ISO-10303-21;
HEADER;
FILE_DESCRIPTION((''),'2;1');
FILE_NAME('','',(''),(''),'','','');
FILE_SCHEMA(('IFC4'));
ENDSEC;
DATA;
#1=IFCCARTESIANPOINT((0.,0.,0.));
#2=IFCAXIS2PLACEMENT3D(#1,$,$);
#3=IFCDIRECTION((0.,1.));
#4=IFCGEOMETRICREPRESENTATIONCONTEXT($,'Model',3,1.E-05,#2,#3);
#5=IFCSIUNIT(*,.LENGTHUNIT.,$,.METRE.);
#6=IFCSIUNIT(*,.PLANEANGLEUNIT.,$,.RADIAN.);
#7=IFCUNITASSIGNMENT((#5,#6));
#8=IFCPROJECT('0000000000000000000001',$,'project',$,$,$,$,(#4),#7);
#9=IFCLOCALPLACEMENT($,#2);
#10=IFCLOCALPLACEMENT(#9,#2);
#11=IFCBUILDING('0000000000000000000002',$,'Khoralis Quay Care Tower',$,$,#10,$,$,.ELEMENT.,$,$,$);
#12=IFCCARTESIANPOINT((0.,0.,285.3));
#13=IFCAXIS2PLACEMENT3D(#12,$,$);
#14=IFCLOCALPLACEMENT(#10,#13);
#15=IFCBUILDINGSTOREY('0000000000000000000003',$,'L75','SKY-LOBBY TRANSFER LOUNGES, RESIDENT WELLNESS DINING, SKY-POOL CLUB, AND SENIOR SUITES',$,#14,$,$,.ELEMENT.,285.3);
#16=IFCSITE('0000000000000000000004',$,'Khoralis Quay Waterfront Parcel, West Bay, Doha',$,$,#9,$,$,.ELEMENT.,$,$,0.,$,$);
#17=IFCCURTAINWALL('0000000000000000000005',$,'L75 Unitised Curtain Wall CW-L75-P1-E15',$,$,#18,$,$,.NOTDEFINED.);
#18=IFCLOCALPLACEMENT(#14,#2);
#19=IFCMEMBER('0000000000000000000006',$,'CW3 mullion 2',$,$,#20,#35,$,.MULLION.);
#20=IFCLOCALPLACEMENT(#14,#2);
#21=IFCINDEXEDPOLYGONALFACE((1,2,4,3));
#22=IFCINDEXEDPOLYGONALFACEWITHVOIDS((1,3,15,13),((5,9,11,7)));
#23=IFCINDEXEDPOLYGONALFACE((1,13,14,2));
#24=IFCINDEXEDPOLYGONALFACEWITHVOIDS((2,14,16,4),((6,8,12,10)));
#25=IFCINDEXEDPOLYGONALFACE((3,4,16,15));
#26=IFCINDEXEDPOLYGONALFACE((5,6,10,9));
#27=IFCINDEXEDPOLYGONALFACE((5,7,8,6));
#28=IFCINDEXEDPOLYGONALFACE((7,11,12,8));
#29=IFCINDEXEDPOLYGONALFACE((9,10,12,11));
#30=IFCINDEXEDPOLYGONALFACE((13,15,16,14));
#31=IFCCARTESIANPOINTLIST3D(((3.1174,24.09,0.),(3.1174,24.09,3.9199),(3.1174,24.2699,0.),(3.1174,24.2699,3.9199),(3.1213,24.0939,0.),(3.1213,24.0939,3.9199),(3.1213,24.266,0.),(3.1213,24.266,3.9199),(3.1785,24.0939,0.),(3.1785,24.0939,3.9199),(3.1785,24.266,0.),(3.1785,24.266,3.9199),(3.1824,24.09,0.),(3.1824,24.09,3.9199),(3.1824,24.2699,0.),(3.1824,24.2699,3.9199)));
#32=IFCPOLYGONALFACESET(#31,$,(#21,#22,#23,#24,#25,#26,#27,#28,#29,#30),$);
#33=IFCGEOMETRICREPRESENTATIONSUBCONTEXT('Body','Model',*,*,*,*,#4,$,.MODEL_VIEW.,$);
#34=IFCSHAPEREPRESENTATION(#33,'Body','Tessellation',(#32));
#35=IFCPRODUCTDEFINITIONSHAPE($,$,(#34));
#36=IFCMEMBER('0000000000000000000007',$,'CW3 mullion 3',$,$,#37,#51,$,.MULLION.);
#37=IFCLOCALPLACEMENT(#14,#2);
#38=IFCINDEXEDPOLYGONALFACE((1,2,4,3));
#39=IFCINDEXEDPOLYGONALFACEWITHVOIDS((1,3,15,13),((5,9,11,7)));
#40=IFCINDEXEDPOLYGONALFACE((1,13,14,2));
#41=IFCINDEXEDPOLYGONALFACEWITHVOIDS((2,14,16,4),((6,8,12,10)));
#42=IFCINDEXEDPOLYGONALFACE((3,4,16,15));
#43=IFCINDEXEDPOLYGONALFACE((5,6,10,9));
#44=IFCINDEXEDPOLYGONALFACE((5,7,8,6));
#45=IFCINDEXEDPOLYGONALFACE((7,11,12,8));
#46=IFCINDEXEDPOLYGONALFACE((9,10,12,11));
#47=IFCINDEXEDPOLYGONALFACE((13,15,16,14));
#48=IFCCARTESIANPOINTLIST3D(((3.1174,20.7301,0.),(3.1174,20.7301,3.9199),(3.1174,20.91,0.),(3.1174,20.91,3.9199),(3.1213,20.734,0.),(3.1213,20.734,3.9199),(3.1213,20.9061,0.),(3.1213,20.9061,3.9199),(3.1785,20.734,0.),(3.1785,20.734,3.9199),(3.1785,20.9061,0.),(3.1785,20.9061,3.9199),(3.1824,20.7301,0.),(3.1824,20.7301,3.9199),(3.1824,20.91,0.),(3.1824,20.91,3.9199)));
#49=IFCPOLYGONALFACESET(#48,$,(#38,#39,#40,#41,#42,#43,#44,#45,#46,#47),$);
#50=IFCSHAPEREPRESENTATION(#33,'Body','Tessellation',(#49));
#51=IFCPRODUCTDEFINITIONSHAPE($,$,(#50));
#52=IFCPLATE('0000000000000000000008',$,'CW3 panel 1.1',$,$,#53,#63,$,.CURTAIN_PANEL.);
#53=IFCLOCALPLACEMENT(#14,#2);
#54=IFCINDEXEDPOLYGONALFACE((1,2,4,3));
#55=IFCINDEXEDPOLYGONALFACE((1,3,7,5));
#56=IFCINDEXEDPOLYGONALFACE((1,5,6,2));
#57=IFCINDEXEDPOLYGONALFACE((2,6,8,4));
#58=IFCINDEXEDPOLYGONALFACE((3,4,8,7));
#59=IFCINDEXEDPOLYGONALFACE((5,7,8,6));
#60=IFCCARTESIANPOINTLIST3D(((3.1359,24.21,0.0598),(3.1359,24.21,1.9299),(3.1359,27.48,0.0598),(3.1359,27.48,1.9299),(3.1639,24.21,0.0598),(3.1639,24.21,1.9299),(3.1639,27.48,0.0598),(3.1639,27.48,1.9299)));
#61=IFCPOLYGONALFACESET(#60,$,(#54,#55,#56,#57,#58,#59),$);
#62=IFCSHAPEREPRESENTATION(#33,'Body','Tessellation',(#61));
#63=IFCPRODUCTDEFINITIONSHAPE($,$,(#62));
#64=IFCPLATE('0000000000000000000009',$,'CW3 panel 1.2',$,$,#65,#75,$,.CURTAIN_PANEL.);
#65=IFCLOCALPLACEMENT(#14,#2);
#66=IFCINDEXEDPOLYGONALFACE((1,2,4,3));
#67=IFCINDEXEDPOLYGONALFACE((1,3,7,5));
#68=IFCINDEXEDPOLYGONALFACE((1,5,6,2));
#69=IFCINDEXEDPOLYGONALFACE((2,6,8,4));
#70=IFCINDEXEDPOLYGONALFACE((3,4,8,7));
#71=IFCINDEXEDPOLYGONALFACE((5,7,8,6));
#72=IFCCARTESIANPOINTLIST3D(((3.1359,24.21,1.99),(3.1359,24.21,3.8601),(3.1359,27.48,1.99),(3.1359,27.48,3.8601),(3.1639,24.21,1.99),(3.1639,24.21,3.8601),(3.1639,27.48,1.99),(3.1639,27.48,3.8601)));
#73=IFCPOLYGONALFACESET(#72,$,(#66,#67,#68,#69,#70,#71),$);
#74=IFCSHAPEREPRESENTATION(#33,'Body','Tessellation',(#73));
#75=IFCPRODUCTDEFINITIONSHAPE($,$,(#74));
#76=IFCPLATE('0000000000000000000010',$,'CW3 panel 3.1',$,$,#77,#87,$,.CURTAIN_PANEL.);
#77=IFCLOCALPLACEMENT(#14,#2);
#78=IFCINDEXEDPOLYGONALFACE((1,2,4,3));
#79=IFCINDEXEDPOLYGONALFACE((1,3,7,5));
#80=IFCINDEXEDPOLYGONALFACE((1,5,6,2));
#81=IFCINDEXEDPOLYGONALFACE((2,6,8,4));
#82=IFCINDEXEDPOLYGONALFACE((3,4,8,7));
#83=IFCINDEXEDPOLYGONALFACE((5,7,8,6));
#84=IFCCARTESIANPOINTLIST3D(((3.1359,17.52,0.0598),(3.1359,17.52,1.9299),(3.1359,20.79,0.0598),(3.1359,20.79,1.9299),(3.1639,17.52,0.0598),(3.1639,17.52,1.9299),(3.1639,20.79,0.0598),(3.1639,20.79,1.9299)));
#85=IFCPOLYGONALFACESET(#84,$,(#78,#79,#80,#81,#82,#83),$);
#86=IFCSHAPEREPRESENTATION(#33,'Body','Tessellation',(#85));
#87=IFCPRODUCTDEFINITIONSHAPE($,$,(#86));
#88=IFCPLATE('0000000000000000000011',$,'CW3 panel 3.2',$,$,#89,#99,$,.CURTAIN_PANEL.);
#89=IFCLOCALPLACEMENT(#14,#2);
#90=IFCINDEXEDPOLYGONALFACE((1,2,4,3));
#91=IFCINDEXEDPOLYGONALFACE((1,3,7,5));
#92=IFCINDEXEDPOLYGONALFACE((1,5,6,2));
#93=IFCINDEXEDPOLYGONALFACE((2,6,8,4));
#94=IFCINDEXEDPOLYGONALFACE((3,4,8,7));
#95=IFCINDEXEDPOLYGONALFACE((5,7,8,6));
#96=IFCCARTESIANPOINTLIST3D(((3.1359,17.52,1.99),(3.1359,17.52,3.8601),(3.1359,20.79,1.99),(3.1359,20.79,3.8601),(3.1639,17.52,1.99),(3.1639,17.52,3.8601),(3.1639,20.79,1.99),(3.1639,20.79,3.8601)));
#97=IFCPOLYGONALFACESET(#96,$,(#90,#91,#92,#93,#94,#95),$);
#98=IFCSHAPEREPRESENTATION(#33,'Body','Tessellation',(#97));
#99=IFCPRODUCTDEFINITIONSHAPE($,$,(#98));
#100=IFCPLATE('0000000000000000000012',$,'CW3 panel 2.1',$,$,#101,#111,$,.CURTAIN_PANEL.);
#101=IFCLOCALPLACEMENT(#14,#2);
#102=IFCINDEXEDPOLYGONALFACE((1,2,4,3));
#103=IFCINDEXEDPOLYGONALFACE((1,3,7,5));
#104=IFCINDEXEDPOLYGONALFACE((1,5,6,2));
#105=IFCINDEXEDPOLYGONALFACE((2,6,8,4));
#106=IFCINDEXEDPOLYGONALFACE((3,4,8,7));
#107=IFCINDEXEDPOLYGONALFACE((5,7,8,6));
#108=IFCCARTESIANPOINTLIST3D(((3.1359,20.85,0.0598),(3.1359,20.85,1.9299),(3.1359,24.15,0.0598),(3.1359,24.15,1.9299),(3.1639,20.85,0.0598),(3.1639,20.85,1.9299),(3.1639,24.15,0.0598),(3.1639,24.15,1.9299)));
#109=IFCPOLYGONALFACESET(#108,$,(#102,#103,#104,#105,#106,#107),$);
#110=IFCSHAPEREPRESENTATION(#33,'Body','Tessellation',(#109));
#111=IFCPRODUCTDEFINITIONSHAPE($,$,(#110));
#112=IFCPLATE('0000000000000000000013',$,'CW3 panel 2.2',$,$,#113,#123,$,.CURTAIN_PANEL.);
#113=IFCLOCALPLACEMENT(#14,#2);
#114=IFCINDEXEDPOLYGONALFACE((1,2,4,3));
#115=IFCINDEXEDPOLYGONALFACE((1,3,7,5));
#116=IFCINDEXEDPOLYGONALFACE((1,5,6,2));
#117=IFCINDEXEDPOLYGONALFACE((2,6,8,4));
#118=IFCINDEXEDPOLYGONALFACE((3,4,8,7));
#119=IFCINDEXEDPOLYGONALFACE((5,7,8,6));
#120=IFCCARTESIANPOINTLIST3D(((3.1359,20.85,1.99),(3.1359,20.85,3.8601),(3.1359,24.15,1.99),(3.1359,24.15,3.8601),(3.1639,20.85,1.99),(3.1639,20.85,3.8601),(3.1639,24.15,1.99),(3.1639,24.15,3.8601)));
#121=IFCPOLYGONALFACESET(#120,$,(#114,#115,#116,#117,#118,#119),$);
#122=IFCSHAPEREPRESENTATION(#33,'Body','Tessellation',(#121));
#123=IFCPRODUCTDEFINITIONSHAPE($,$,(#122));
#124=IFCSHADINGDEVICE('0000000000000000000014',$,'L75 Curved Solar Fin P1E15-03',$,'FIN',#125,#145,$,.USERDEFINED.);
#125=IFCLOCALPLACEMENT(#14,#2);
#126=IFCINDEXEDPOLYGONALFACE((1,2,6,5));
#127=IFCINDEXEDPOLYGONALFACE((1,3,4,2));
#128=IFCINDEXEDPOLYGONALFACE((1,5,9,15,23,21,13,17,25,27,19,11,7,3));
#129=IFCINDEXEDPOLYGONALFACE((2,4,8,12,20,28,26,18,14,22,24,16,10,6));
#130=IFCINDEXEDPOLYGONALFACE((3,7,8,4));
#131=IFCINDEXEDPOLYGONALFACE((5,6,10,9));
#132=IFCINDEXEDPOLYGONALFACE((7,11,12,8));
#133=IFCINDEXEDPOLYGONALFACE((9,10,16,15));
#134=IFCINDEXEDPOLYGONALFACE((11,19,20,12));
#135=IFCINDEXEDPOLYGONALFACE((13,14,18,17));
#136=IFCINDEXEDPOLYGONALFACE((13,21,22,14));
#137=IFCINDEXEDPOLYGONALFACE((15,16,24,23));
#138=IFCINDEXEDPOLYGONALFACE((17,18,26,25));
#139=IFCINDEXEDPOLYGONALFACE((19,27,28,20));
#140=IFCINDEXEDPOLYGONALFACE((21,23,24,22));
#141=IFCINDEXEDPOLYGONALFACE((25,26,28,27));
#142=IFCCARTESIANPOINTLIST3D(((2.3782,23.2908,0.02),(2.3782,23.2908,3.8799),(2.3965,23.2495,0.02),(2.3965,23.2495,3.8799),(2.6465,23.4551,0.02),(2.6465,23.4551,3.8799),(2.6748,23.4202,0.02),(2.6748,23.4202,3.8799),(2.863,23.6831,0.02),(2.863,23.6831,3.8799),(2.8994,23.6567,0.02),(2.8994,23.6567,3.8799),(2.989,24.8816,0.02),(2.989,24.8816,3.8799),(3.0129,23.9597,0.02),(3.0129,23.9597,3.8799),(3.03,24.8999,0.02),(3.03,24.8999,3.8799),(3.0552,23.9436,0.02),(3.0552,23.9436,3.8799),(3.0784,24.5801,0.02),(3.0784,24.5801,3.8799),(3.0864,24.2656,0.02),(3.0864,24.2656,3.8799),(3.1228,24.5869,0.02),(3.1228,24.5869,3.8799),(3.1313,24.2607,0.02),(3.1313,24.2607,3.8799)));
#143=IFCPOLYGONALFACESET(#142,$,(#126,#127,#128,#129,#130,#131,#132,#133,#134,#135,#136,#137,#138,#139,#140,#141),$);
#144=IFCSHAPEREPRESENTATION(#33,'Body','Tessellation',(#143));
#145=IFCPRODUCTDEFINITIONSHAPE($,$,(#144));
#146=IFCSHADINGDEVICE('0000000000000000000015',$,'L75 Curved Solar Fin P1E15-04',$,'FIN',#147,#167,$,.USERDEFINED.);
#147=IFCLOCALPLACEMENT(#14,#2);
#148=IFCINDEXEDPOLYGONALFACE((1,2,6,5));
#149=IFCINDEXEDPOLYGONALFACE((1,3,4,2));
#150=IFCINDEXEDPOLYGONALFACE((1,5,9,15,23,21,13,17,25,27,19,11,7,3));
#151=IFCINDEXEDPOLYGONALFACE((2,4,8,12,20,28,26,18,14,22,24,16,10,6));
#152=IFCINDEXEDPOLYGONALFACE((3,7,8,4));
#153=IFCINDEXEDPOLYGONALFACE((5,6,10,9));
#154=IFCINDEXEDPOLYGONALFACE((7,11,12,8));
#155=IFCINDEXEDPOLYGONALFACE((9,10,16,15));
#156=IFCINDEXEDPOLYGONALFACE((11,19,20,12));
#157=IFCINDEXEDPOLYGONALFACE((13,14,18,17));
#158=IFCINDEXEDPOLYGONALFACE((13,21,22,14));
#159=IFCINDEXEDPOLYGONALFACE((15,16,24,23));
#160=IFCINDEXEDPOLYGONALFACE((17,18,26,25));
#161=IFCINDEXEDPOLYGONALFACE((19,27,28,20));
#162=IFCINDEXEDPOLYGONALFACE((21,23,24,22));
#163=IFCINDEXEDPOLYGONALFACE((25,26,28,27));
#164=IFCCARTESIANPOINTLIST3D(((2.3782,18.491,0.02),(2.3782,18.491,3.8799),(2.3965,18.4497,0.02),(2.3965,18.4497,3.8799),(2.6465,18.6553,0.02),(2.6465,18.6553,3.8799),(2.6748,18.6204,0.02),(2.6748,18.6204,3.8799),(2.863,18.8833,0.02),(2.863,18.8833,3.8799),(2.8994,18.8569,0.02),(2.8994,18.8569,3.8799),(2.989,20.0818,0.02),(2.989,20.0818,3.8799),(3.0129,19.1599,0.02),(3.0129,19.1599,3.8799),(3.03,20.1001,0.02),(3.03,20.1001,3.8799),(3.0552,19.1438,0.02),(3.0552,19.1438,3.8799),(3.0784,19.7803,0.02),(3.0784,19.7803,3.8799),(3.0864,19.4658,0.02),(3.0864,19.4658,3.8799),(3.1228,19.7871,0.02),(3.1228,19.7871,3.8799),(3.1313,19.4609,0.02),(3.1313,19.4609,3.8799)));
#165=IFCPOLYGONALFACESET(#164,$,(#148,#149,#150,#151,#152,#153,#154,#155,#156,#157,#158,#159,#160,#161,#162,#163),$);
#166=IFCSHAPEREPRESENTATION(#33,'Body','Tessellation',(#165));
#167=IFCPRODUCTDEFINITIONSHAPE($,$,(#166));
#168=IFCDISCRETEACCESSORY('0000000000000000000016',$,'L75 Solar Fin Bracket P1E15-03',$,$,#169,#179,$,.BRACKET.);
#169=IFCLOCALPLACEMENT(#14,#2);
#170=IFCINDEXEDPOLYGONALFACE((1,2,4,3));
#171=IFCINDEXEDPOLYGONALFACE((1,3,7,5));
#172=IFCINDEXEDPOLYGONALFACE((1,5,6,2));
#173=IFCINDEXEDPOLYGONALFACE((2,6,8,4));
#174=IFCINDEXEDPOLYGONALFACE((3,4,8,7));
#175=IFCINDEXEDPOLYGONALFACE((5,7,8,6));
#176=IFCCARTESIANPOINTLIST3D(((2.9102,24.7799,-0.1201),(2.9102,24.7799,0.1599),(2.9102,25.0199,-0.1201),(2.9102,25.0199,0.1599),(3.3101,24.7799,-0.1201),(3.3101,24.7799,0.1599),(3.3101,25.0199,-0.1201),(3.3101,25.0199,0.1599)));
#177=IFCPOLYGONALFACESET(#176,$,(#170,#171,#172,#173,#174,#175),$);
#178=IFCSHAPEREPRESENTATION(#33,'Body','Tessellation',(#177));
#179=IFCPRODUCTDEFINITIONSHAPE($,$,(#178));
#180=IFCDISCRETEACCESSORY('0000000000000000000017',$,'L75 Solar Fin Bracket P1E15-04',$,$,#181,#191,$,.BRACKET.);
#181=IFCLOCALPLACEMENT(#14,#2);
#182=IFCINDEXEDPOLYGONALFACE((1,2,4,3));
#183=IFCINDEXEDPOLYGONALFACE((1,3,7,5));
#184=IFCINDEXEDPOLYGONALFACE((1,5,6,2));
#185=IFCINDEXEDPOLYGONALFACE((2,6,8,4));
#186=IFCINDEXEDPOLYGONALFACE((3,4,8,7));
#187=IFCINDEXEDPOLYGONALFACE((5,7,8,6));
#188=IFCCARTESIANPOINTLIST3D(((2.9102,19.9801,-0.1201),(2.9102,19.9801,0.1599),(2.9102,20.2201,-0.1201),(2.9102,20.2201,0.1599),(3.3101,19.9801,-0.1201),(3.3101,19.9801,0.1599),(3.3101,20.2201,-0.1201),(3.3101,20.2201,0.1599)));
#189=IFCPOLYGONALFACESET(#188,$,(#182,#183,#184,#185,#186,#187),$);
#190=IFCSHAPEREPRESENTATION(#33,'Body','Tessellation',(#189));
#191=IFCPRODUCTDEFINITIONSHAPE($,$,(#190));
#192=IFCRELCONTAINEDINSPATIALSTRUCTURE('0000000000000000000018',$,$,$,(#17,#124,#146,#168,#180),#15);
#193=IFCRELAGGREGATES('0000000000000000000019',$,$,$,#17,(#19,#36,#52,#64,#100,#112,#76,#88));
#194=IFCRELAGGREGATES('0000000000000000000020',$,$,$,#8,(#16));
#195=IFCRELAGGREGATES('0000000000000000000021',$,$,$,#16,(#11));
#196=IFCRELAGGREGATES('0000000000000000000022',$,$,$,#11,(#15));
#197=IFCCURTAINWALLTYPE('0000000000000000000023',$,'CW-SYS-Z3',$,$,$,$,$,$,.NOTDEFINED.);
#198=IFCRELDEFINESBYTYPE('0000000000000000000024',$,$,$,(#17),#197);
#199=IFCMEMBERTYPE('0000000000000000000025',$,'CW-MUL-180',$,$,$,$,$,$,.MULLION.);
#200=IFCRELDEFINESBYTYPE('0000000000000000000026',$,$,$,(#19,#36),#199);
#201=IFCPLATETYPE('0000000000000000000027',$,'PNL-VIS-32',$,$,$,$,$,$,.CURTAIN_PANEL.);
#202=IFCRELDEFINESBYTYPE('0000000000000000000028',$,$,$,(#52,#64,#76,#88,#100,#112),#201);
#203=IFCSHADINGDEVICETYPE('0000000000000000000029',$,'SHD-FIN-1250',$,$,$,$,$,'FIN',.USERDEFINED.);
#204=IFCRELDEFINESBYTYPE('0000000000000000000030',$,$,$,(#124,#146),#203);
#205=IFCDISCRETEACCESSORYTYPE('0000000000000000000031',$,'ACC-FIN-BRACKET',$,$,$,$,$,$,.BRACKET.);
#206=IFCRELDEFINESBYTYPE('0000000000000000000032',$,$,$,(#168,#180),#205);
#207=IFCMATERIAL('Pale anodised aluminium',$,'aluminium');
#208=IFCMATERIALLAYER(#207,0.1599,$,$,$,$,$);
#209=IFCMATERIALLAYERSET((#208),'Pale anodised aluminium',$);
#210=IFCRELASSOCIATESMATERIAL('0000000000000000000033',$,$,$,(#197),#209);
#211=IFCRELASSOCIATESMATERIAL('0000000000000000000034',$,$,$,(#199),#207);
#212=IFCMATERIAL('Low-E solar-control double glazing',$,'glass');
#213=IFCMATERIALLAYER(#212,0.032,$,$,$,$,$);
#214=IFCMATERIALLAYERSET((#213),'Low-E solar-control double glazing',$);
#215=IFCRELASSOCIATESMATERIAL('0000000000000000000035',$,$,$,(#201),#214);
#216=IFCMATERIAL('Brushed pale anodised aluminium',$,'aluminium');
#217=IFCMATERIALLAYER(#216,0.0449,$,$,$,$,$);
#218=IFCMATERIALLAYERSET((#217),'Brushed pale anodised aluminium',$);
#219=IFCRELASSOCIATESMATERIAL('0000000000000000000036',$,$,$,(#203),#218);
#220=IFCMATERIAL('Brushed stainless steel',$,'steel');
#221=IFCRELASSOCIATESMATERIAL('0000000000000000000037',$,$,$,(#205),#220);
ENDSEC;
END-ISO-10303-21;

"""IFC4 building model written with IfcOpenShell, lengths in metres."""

from ifc_helpers import new_model, si_unit, direction, frame, origin, origin_2d, place, context, subcontext, project, spatial, polyline, rectangle, hollow_rectangle, outline, extrude, source, transform, mapped, material, layer, layer_set, material_profile, profile_set, type_object, element, aggregate, save


model = new_model("IFC4")

# Units and contexts
model_context = context("Model", 3, precision=1e-05, world=origin(), true_north=direction((0.0, 1.0)))
body_context = subcontext(model_context, "Body", "Model", "MODEL_VIEW")
ifc_project = project(units=[si_unit("LENGTHUNIT", "METRE"), si_unit("PLANEANGLEUNIT", "RADIAN")], contexts=[model_context])

# Site, building, storey
site_placement = place(None, origin())
site = spatial("IfcSite", under=ifc_project, at=site_placement, Name="Khoralis Quay Waterfront Parcel, West Bay, Doha", CompositionType="ELEMENT", RefElevation=0.0)
building_placement = place(site_placement, origin())
building = spatial("IfcBuilding", under=site, at=building_placement, Name="Khoralis Quay Care Tower", CompositionType="ELEMENT")
storey_placement = place(building_placement, frame((0.0, 0.0, 285.3)))
storey = spatial("IfcBuildingStorey", under=building, at=storey_placement, Name="L75", Description="SKY-LOBBY TRANSFER LOUNGES, RESIDENT WELLNESS DINING, SKY-POOL CLUB, AND SENIOR SUITES", CompositionType="ELEMENT", Elevation=285.3)

# Curtain wall, members, plates
ifc_material_1 = material(Name="Pale anodised aluminium", Category="aluminium")
ifc_layer_1 = layer(ifc_material_1, 0.1599)
ifc_layer_set_1 = layer_set([ifc_layer_1], Name="Pale anodised aluminium")
curtain_wall_type = type_object("IfcCurtainWallType", Name="CW-SYS-Z3", PredefinedType="NOTDEFINED", material=ifc_layer_set_1)
curtain_wall_placement = place(storey_placement, origin())
curtain_wall = element("IfcCurtainWall", 1, at=curtain_wall_placement, inside=storey, type_object=curtain_wall_type, Name="L75 Unitised Curtain Wall CW-L75-P1-E15", PredefinedType="NOTDEFINED")
ifc_material_profile_1 = material_profile(ifc_material_1, hollow_rectangle(XDim=0.0649, YDim=0.1799, WallThickness=0.0039, at=origin_2d()), Name="Pale anodised aluminium")
ifc_profile_set_1 = profile_set([ifc_material_profile_1], Name="Pale anodised aluminium")
member_type_1 = type_object("IfcMemberType", Name="CW-MUL-180", PredefinedType="MULLION", material=ifc_profile_set_1)
shared_shape_1 = source(origin(), body_context, "Body", "SweptSolid", [
    extrude(hollow_rectangle(XDim=0.0649, YDim=0.1799, WallThickness=0.0039, at=origin_2d()), origin(), (0.0, 0.0, 1.0), 3.9199),
])
member_1_placement = place(storey_placement, frame((3.1499, 24.1799, 0.0), z_axis=(0.0, 0.0, 1.0), x_axis=(1.0, 0.0, 0.0)))
member_1 = element("IfcMember", 2, at=member_1_placement, type_object=member_type_1, Name="CW3 mullion 2", PredefinedType="MULLION", context=body_context, shape_type="MappedRepresentation", body=[
    mapped(shared_shape_1, transform((0.0, 0.0, 0.0), scale=1.0)),
])
member_2_placement = place(storey_placement, frame((3.1499, 20.8201, 0.0), z_axis=(0.0, 0.0, 1.0), x_axis=(1.0, 0.0, 0.0)))
member_2 = element("IfcMember", 3, at=member_2_placement, type_object=member_type_1, Name="CW3 mullion 3", PredefinedType="MULLION", context=body_context, shape_type="MappedRepresentation", body=[
    mapped(shared_shape_1, transform((0.0, 0.0, 0.0), scale=1.0)),
])
ifc_material_2 = material(Name="Low-E solar-control double glazing", Category="glass")
ifc_layer_2 = layer(ifc_material_2, 0.032)
ifc_layer_set_2 = layer_set([ifc_layer_2], Name="Low-E solar-control double glazing")
plate_type = type_object("IfcPlateType", Name="PNL-VIS-32", PredefinedType="CURTAIN_PANEL", material=ifc_layer_set_2)
shared_shape_2 = source(origin(), body_context, "Body", "SweptSolid", [
    extrude(rectangle(XDim=3.27, YDim=0.0281, at=origin_2d()), origin(), (0.0, 0.0, 1.0), 1.8701),
])
plate_1_placement = place(storey_placement, frame((3.1499, 25.845, 0.0598), z_axis=(0.0, 0.0, 1.0), x_axis=(0.0, -1.0, 0.0)))
plate_1 = element("IfcPlate", 4, at=plate_1_placement, type_object=plate_type, Name="CW3 panel 1.1", PredefinedType="CURTAIN_PANEL", context=body_context, shape_type="MappedRepresentation", body=[
    mapped(shared_shape_2, transform((0.0, 0.0, 0.0), scale=1.0)),
])
plate_2_placement = place(storey_placement, frame((3.1499, 25.845, 1.99), z_axis=(0.0, 0.0, 1.0), x_axis=(0.0, -1.0, 0.0)))
plate_2 = element("IfcPlate", 5, at=plate_2_placement, type_object=plate_type, Name="CW3 panel 1.2", PredefinedType="CURTAIN_PANEL", context=body_context, shape_type="MappedRepresentation", body=[
    mapped(shared_shape_2, transform((0.0, 0.0, 0.0), scale=1.0)),
])
plate_3_placement = place(storey_placement, frame((3.1499, 19.155, 0.0598), z_axis=(0.0, 0.0, 1.0), x_axis=(0.0, -1.0, 0.0)))
plate_3 = element("IfcPlate", 6, at=plate_3_placement, type_object=plate_type, Name="CW3 panel 3.1", PredefinedType="CURTAIN_PANEL", context=body_context, shape_type="MappedRepresentation", body=[
    mapped(shared_shape_2, transform((0.0, 0.0, 0.0), scale=1.0)),
])
plate_4_placement = place(storey_placement, frame((3.1499, 19.155, 1.99), z_axis=(0.0, 0.0, 1.0), x_axis=(0.0, -1.0, 0.0)))
plate_4 = element("IfcPlate", 7, at=plate_4_placement, type_object=plate_type, Name="CW3 panel 3.2", PredefinedType="CURTAIN_PANEL", context=body_context, shape_type="MappedRepresentation", body=[
    mapped(shared_shape_2, transform((0.0, 0.0, 0.0), scale=1.0)),
])
shared_shape_3 = source(origin(), body_context, "Body", "SweptSolid", [
    extrude(rectangle(XDim=3.3, YDim=0.0281, at=origin_2d()), origin(), (0.0, 0.0, 1.0), 1.8701),
])
plate_5_placement = place(storey_placement, frame((3.1499, 22.5, 0.0598), z_axis=(0.0, 0.0, 1.0), x_axis=(0.0, -1.0, 0.0)))
plate_5 = element("IfcPlate", 8, at=plate_5_placement, type_object=plate_type, Name="CW3 panel 2.1", PredefinedType="CURTAIN_PANEL", context=body_context, shape_type="MappedRepresentation", body=[
    mapped(shared_shape_3, transform((0.0, 0.0, 0.0), scale=1.0)),
])
plate_6_placement = place(storey_placement, frame((3.1499, 22.5, 1.99), z_axis=(0.0, 0.0, 1.0), x_axis=(0.0, -1.0, 0.0)))
plate_6 = element("IfcPlate", 9, at=plate_6_placement, type_object=plate_type, Name="CW3 panel 2.2", PredefinedType="CURTAIN_PANEL", context=body_context, shape_type="MappedRepresentation", body=[
    mapped(shared_shape_3, transform((0.0, 0.0, 0.0), scale=1.0)),
])
aggregate(curtain_wall, [member_1, member_2, plate_1, plate_2, plate_5, plate_6, plate_3, plate_4])

# Shading devices
ifc_material_3 = material(Name="Brushed pale anodised aluminium", Category="aluminium")
ifc_layer_3 = layer(ifc_material_3, 0.0449)
ifc_layer_set_3 = layer_set([ifc_layer_3], Name="Brushed pale anodised aluminium")
shading_device_type = type_object("IfcShadingDeviceType", Name="SHD-FIN-1250", ElementType="FIN", PredefinedType="USERDEFINED", material=ifc_layer_set_3)
shared_shape_4 = source(origin(), body_context, "Body", "SweptSolid", [
    extrude(outline(polyline([(0.0, 0.0), (-0.0928, 0.313), (-0.1013, 0.6392), (-0.0251, 0.9563), (0.1306, 1.2432), (0.3552, 1.4797), (0.6335, 1.6504), (0.6519, 1.6091), (0.3835, 1.4448), (0.167, 1.2168), (0.0171, 0.9402), (-0.0564, 0.6343), (-0.0483, 0.3198), (0.041, 0.0183), (0.0, 0.0)])), origin(), (0.0, 0.0, 1.0), 3.8599),
])
for number, where, z_axis, x_axis, name in (
    (10, (3.03, 24.8999, 0.02), (0.0, 0.0, 1.0), (-1.0, 0.0, 0.0), "L75 Curved Solar Fin P1E15-03"),
    (11, (3.03, 20.1001, 0.02), (0.0, 0.0, 1.0), (-1.0, 0.0, 0.0), "L75 Curved Solar Fin P1E15-04"),
):
    element("IfcShadingDevice", number, at=place(storey_placement, frame(where, z_axis=z_axis, x_axis=x_axis)), inside=storey, type_object=shading_device_type, Name=name, ObjectType="FIN", PredefinedType="USERDEFINED", context=body_context, shape_type="MappedRepresentation", body=[
        mapped(shared_shape_4, transform((0.0, 0.0, 0.0), scale=1.0)),
    ])

# Discrete accessories
ifc_material_4 = material(Name="Brushed stainless steel", Category="steel")
discrete_accessory_type = type_object("IfcDiscreteAccessoryType", Name="ACC-FIN-BRACKET", PredefinedType="BRACKET", material=ifc_material_4)
shared_shape_5 = source(origin(), body_context, "Body", "SweptSolid", [
    extrude(rectangle(XDim=0.3999, YDim=0.24, at=origin_2d()), origin(), (0.0, 0.0, 1.0), 0.28),
])
for number, where, z_axis, x_axis, name in (
    (12, (3.1101, 24.8999, -0.1201), (0.0, 0.0, 1.0), (-1.0, 0.0, 0.0), "L75 Solar Fin Bracket P1E15-03"),
    (13, (3.1101, 20.1001, -0.1201), (0.0, 0.0, 1.0), (-1.0, 0.0, 0.0), "L75 Solar Fin Bracket P1E15-04"),
):
    element("IfcDiscreteAccessory", number, at=place(storey_placement, frame(where, z_axis=z_axis, x_axis=x_axis)), inside=storey, type_object=discrete_accessory_type, Name=name, PredefinedType="BRACKET", context=body_context, shape_type="MappedRepresentation", body=[
        mapped(shared_shape_5, transform((0.0, 0.0, 0.0), scale=1.0)),
    ])

save(model, "model.ifc")
